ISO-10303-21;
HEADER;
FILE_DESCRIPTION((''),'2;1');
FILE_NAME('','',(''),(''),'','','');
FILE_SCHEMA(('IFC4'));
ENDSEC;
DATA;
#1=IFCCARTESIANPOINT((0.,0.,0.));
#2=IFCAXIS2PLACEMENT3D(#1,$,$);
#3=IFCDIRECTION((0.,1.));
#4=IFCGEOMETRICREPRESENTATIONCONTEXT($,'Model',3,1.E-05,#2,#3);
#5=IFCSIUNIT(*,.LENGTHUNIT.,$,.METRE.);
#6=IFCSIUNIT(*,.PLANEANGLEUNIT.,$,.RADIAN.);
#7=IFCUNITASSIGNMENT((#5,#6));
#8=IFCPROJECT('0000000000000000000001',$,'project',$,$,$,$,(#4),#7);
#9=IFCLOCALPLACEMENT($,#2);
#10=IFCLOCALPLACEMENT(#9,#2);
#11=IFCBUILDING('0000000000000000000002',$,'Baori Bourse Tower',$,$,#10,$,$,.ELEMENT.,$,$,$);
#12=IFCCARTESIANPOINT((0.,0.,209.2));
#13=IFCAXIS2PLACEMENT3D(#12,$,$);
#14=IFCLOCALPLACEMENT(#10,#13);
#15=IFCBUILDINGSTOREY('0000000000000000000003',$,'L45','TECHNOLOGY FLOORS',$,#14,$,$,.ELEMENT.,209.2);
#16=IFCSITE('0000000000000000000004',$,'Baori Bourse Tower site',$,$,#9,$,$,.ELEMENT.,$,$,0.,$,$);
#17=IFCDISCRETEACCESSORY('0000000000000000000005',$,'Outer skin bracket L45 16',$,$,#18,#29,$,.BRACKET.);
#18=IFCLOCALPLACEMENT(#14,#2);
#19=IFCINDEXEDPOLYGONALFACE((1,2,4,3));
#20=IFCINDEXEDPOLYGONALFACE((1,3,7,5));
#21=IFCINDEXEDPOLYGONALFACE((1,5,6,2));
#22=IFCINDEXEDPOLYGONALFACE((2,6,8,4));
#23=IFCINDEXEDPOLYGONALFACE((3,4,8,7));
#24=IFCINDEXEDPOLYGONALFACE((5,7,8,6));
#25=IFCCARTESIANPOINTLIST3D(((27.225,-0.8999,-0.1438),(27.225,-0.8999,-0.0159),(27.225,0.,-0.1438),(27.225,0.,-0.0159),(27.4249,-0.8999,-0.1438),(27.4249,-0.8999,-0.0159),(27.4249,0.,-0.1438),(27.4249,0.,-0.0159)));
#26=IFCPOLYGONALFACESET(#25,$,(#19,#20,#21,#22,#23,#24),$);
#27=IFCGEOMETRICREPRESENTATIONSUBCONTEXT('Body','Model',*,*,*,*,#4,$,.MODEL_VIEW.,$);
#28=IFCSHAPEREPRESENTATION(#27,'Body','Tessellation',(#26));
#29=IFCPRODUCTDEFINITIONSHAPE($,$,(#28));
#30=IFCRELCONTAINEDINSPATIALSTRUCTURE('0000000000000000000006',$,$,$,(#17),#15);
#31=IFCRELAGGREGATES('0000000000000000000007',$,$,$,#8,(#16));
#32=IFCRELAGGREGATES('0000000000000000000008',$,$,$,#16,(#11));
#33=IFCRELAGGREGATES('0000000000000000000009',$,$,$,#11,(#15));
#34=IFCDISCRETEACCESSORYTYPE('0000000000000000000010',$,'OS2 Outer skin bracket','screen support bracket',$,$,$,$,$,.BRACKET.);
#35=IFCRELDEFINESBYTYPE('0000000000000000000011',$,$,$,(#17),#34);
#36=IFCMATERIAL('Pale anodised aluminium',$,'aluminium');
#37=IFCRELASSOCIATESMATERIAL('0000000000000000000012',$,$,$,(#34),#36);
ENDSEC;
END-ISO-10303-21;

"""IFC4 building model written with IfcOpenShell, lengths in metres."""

from ifc_helpers import new_model, si_unit, direction, frame, origin, origin_2d, place, context, subcontext, project, spatial, rectangle, extrude, material, type_object, element, save


model = new_model("IFC4")

# Units and contexts
model_context = context("Model", 3, precision=1e-05, world=origin(), true_north=direction((0.0, 1.0)))
body_context = subcontext(model_context, "Body", "Model", "MODEL_VIEW")
ifc_project = project(units=[si_unit("LENGTHUNIT", "METRE"), si_unit("PLANEANGLEUNIT", "RADIAN")], contexts=[model_context])

# Site, building, storey
site_placement = place(None, origin())
site = spatial("IfcSite", under=ifc_project, at=site_placement, Name="Baori Bourse Tower site", CompositionType="ELEMENT", RefElevation=0.0)
building_placement = place(site_placement, origin())
building = spatial("IfcBuilding", under=site, at=building_placement, Name="Baori Bourse Tower", CompositionType="ELEMENT")
storey_placement = place(building_placement, frame((0.0, 0.0, 209.2)))
storey = spatial("IfcBuildingStorey", under=building, at=storey_placement, Name="L45", Description="TECHNOLOGY FLOORS", CompositionType="ELEMENT", Elevation=209.2)

# Discrete accessory
ifc_material_1 = material(Name="Pale anodised aluminium", Category="aluminium")
discrete_accessory_type = type_object("IfcDiscreteAccessoryType", Name="OS2 Outer skin bracket", Description="screen support bracket", PredefinedType="BRACKET", material=ifc_material_1)
discrete_accessory_placement = place(storey_placement, frame((27.325, -0.45, -0.1438), z_axis=(0.0, 0.0, 1.0), x_axis=(1.0, 0.0, 0.0)))
element("IfcDiscreteAccessory", 1, at=discrete_accessory_placement, inside=storey, type_object=discrete_accessory_type, Name="Outer skin bracket L45 16", PredefinedType="BRACKET", context=body_context, shape_type="SweptSolid", body=[
    extrude(rectangle(XDim=0.2, YDim=0.8999, at=origin_2d()), origin(), (0.0, 0.0, 1.0), 0.1279),
])

save(model, "model.ifc")
